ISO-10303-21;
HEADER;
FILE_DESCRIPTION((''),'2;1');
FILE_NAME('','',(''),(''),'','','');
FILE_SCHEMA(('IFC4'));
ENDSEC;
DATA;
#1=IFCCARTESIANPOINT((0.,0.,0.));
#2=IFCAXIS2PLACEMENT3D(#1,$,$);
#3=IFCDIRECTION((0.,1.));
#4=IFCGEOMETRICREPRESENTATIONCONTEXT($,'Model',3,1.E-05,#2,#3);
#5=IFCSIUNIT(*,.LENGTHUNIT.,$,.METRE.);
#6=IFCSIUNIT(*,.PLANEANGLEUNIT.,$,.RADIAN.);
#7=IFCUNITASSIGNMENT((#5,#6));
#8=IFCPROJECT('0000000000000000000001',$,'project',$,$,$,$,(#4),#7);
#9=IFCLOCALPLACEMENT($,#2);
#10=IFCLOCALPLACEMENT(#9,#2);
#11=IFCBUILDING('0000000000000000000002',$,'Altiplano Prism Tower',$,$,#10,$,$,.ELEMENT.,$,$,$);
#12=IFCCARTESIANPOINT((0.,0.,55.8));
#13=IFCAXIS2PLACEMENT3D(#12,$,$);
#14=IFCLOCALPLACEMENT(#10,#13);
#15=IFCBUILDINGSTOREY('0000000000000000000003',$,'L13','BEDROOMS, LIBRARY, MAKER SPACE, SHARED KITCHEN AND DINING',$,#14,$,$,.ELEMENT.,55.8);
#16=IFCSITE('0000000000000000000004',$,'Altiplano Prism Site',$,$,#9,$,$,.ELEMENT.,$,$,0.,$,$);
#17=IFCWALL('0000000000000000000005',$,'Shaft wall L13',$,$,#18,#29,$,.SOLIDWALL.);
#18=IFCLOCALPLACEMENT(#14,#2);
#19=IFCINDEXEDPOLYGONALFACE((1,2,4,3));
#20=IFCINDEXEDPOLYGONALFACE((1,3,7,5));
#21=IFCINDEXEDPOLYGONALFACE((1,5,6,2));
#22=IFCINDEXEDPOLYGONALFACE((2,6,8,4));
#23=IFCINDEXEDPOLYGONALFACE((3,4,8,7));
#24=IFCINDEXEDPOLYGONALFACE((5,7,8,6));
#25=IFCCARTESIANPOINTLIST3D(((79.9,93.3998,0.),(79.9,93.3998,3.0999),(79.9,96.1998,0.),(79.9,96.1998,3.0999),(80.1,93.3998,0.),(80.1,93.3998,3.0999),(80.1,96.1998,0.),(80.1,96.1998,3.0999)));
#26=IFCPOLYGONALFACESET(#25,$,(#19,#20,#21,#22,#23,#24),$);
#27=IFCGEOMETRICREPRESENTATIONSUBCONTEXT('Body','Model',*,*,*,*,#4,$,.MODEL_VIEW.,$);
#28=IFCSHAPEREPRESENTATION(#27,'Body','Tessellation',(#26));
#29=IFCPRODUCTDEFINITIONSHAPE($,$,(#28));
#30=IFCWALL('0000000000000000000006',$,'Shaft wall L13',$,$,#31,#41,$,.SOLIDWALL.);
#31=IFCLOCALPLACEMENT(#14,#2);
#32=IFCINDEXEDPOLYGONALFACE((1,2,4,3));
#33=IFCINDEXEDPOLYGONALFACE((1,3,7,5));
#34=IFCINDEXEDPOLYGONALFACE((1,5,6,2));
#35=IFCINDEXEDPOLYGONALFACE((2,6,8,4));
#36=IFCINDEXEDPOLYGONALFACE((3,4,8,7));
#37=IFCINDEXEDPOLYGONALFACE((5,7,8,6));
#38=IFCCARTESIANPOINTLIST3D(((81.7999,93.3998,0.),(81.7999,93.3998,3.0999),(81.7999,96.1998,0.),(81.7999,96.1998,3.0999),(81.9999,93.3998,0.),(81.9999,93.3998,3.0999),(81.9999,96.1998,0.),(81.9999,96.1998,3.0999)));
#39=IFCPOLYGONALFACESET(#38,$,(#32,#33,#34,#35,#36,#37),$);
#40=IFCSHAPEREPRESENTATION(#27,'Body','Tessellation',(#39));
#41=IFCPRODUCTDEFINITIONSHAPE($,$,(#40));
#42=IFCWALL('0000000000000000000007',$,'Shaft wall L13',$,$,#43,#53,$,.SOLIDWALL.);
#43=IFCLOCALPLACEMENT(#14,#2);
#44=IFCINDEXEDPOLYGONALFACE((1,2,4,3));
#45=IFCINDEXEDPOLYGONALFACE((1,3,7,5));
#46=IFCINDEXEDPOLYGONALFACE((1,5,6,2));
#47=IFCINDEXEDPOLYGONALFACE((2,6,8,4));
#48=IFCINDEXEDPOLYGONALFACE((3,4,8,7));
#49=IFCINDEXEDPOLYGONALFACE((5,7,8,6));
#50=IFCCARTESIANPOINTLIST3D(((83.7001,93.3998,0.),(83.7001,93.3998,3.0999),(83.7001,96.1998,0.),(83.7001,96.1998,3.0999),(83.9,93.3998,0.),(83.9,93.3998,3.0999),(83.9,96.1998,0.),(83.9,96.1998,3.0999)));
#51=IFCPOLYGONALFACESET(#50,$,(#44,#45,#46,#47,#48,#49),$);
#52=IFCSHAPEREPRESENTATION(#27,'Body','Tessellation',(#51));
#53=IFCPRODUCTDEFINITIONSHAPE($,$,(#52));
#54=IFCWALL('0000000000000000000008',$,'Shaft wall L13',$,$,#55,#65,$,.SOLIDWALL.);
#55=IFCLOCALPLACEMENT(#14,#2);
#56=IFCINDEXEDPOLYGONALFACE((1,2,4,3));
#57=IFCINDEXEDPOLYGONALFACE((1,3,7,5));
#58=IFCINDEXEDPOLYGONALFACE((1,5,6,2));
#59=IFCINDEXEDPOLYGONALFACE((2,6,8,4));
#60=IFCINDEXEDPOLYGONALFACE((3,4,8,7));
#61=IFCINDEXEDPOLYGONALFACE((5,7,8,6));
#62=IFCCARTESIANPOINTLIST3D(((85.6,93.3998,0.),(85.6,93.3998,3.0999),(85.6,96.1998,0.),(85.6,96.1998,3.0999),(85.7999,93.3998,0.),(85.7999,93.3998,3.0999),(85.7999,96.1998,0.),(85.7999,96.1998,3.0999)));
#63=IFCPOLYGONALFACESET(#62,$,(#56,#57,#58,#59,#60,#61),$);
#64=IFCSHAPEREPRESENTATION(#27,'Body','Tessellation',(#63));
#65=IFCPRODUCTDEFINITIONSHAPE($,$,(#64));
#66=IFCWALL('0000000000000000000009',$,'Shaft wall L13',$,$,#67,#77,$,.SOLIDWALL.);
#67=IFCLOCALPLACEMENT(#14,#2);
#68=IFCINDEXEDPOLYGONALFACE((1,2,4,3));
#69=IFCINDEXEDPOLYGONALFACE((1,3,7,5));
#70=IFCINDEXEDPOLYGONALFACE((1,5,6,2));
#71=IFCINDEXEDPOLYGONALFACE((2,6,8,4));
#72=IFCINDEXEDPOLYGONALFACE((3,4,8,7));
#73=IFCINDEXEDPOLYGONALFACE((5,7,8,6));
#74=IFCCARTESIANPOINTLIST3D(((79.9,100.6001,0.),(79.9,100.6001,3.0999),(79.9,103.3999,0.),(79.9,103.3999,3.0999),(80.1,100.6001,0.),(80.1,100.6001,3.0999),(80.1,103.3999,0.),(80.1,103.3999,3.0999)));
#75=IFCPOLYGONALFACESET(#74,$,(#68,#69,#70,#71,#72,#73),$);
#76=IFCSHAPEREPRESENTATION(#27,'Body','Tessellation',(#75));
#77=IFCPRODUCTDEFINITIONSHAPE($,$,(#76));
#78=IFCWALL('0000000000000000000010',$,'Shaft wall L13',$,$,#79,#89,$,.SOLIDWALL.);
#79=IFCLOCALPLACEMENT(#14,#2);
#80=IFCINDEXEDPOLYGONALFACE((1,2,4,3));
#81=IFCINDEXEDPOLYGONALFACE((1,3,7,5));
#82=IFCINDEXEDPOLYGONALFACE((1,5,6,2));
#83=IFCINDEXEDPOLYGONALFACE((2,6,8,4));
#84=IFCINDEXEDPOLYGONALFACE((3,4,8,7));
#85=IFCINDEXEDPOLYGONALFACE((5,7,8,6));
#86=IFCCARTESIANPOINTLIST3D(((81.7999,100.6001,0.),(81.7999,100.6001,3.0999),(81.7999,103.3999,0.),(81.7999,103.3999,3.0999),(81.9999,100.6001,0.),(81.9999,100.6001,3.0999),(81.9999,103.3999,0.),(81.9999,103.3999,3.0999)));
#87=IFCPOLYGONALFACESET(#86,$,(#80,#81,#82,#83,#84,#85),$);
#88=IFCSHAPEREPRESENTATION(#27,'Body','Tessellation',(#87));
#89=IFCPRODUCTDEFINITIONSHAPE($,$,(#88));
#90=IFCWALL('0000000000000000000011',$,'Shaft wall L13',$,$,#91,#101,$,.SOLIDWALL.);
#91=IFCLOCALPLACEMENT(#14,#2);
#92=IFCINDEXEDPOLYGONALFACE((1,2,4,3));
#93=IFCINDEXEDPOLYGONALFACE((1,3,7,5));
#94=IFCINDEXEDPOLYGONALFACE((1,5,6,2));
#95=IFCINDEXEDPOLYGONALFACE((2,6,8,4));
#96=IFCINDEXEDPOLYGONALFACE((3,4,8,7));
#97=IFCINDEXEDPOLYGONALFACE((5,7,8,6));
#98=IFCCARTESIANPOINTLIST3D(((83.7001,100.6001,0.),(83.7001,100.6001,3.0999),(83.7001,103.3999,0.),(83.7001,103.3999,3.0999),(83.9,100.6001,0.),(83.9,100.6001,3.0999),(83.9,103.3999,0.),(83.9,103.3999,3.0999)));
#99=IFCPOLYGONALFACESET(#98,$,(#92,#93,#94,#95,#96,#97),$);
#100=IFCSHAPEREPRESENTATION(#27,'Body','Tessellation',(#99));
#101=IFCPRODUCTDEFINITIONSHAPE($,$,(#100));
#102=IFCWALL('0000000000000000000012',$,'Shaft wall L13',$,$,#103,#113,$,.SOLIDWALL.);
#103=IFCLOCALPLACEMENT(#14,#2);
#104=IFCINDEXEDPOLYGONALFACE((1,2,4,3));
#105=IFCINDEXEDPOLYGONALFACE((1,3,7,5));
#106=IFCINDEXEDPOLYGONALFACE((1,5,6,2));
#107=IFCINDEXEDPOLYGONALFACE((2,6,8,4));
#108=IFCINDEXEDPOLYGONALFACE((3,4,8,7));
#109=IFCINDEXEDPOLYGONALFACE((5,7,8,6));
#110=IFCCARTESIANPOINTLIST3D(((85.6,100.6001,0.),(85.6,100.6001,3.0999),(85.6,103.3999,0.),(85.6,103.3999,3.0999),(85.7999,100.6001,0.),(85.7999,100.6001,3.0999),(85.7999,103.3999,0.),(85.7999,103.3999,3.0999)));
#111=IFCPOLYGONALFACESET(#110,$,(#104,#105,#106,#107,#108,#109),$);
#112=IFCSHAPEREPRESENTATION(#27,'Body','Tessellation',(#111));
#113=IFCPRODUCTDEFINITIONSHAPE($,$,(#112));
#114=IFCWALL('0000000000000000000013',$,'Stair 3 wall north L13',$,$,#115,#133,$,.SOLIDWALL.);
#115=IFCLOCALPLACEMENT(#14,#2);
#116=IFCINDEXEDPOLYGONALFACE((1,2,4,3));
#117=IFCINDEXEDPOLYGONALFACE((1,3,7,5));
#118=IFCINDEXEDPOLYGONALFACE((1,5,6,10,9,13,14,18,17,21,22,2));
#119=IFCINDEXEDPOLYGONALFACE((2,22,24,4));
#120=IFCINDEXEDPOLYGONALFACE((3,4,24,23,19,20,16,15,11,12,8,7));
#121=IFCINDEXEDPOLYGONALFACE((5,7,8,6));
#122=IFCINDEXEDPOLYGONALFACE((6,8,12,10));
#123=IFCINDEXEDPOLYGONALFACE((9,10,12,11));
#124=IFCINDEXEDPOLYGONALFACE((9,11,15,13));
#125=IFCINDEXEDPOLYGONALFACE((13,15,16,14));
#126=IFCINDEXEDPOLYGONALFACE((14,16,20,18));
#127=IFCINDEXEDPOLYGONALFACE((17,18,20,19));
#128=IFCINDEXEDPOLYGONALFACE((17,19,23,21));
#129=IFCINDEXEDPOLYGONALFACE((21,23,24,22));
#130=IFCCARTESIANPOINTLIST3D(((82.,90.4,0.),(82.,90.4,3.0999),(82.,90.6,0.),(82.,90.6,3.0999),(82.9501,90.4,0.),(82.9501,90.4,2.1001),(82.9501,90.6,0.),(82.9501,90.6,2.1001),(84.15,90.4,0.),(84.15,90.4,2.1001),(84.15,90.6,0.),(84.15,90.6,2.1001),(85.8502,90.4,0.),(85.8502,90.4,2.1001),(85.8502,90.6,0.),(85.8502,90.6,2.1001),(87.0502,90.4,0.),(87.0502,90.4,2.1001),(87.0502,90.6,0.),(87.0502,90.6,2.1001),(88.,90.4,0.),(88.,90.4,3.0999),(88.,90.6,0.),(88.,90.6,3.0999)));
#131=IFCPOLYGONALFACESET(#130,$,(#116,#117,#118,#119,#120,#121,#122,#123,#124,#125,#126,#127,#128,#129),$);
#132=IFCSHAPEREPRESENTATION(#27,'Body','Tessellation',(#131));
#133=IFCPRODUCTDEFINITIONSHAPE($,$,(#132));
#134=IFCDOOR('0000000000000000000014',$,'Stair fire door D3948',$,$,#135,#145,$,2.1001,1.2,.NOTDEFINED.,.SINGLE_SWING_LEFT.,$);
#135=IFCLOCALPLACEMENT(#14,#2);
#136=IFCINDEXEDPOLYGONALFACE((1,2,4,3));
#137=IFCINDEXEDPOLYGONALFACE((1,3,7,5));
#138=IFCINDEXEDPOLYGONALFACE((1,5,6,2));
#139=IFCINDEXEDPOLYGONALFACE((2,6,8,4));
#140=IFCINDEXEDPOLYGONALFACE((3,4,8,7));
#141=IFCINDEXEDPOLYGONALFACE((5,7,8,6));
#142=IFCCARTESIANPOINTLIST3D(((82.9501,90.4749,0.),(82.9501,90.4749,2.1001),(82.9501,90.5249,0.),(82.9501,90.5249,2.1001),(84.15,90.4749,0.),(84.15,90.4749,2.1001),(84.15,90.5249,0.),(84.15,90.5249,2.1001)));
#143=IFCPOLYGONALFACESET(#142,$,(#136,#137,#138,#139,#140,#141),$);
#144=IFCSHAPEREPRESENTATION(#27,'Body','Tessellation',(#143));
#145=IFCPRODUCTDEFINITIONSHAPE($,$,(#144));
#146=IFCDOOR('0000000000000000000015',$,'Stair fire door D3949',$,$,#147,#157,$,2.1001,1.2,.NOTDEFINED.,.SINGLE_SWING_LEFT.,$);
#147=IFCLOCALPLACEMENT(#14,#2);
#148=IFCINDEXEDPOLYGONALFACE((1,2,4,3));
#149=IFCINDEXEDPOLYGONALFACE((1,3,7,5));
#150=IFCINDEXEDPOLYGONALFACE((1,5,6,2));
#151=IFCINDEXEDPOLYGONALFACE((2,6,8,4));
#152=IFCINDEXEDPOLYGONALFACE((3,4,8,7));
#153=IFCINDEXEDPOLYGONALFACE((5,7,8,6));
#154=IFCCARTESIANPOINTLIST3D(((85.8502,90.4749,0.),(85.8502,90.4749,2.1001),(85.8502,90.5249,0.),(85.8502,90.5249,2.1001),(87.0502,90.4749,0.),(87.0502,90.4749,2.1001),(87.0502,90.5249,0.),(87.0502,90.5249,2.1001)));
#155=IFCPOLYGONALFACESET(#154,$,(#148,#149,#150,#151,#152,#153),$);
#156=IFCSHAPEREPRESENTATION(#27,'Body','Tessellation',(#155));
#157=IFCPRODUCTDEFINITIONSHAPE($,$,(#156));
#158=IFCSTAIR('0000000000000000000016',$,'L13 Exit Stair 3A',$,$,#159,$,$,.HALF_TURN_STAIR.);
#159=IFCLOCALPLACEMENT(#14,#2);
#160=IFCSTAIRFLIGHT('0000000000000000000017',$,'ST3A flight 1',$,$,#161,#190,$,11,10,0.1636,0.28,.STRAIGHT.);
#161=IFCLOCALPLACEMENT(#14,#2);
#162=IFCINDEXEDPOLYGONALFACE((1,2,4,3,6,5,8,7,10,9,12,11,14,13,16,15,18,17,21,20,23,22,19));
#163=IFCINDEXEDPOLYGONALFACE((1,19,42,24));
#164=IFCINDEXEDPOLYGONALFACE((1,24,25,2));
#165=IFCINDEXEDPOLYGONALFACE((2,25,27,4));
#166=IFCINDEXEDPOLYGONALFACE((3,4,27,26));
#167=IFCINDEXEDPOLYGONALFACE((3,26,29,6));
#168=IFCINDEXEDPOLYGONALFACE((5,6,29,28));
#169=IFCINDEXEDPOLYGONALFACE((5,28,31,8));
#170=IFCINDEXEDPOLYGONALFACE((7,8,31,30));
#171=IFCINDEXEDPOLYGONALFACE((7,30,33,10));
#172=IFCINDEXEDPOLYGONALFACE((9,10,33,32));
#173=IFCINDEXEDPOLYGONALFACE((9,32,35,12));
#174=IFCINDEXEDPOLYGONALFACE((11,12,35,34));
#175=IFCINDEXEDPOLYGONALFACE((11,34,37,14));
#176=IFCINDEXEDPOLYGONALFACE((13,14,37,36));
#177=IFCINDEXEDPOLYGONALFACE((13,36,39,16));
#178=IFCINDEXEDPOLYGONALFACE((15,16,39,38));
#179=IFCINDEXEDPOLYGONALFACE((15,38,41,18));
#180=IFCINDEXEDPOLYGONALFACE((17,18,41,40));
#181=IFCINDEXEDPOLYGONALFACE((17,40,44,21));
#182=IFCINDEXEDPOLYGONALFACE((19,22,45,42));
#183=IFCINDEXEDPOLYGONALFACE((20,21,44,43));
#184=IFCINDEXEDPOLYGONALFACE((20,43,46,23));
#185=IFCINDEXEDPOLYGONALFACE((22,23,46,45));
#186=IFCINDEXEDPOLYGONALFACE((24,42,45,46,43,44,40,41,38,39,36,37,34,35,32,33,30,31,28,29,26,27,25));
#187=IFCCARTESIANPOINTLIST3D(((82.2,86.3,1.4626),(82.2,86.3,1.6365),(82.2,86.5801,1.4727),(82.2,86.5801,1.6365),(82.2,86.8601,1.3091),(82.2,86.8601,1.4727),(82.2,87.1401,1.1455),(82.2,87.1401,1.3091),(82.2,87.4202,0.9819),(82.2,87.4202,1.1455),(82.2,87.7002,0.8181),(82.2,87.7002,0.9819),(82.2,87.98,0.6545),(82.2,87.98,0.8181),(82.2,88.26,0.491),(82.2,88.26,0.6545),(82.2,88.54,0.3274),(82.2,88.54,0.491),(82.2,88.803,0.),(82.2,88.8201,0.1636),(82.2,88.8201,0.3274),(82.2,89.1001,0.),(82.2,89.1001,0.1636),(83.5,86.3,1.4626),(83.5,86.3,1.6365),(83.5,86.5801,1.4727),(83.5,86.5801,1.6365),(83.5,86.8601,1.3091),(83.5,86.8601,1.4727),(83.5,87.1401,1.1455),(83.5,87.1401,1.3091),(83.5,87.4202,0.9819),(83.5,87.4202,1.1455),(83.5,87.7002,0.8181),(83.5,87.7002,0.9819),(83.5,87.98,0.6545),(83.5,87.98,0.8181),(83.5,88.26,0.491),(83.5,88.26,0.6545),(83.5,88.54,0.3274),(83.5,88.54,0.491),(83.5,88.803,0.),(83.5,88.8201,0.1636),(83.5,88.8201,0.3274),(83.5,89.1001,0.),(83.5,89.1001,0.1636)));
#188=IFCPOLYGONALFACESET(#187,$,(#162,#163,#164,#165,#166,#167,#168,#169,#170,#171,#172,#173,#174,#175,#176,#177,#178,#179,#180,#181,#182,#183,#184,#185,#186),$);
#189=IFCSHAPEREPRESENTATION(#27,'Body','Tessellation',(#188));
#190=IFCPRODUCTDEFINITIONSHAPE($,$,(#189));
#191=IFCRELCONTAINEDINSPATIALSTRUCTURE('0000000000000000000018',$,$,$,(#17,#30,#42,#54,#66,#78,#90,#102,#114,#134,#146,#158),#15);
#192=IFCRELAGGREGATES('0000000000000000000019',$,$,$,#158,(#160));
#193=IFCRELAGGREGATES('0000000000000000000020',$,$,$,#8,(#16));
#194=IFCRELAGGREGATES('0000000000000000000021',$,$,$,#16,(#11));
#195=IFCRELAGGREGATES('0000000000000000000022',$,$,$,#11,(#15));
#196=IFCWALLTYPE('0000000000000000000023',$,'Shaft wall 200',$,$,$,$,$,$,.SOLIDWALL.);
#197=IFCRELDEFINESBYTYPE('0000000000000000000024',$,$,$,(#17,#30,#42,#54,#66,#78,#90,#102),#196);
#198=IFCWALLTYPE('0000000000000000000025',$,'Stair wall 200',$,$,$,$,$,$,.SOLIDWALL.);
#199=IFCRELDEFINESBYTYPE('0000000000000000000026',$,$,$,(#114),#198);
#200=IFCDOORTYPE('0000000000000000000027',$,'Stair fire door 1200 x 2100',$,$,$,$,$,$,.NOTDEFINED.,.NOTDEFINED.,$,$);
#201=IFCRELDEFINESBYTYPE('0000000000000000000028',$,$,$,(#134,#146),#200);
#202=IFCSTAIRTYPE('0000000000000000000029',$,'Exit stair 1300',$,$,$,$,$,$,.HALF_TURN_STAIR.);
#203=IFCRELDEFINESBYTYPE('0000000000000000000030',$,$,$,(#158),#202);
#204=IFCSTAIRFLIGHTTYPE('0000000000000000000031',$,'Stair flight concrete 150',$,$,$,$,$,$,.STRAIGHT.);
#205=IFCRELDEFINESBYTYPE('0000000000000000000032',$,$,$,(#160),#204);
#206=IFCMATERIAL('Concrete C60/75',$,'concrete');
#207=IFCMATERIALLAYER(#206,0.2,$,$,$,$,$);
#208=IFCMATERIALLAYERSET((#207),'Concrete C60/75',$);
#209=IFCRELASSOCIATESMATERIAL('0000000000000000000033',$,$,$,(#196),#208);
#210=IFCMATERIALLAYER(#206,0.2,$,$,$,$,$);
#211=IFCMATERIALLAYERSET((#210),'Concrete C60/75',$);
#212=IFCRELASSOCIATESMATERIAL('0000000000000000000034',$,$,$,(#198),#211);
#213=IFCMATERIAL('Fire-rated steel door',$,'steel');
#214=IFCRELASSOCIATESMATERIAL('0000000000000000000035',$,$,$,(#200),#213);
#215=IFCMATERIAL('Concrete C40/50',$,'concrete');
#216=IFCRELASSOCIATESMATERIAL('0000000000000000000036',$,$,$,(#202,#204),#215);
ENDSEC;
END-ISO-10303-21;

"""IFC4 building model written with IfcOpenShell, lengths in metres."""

from ifc_helpers import new_model, si_unit, direction, frame, frame_2d, origin, place, context, subcontext, project, spatial, polyline, rectangle, outline, extrude, material, layer, layer_set, type_object, element, fill, aggregate, save


model = new_model("IFC4")

# Units and contexts
model_context = context("Model", 3, precision=1e-05, world=origin(), true_north=direction((0.0, 1.0)))
body_context = subcontext(model_context, "Body", "Model", "MODEL_VIEW")
ifc_project = project(units=[si_unit("LENGTHUNIT", "METRE"), si_unit("PLANEANGLEUNIT", "RADIAN")], contexts=[model_context])

# Site, building, storey
site_placement = place(None, origin())
site = spatial("IfcSite", under=ifc_project, at=site_placement, Name="Altiplano Prism Site", CompositionType="ELEMENT", RefElevation=0.0)
building_placement = place(site_placement, origin())
building = spatial("IfcBuilding", under=site, at=building_placement, Name="Altiplano Prism Tower", CompositionType="ELEMENT")
storey_placement = place(building_placement, frame((0.0, 0.0, 55.8)))
storey = spatial("IfcBuildingStorey", under=building, at=storey_placement, Name="L13", Description="BEDROOMS, LIBRARY, MAKER SPACE, SHARED KITCHEN AND DINING", CompositionType="ELEMENT", Elevation=55.8)

# Walls
ifc_material_1 = material(Name="Concrete C60/75", Category="concrete")
ifc_layer_1 = layer(ifc_material_1, 0.2)
ifc_layer_set_1 = layer_set([ifc_layer_1], Name="Concrete C60/75")
wall_type_1 = type_object("IfcWallType", Name="Shaft wall 200", PredefinedType="SOLIDWALL", material=ifc_layer_set_1)
for number, where, z_axis, x_axis, name in (
    (1, (80.0, 93.3999, 0.0), (0.0, 0.0, 1.0), (0.0, 1.0, 0.0), "Shaft wall L13"),
    (2, (81.8999, 93.3999, 0.0), (0.0, 0.0, 1.0), (0.0, 1.0, 0.0), "Shaft wall L13"),
    (3, (83.8, 93.3999, 0.0), (0.0, 0.0, 1.0), (0.0, 1.0, 0.0), "Shaft wall L13"),
    (4, (85.7, 93.3999, 0.0), (0.0, 0.0, 1.0), (0.0, 1.0, 0.0), "Shaft wall L13"),
):
    element("IfcWall", number, at=place(storey_placement, frame(where, z_axis=z_axis, x_axis=x_axis)), inside=storey, type_object=wall_type_1, Name=name, PredefinedType="SOLIDWALL", context=body_context, shape_type="SweptSolid", body=[
        extrude(rectangle(XDim=2.8, YDim=0.2, at=frame_2d((1.3999, 0.0))), origin(), (0.0, 0.0, 1.0), 3.0999),
    ])
for number, where, z_axis, x_axis, name in (
    (5, (80.0, 100.6001, 0.0), (0.0, 0.0, 1.0), (0.0, 1.0, 0.0), "Shaft wall L13"),
    (6, (81.8999, 100.6001, 0.0), (0.0, 0.0, 1.0), (0.0, 1.0, 0.0), "Shaft wall L13"),
    (7, (83.8, 100.6001, 0.0), (0.0, 0.0, 1.0), (0.0, 1.0, 0.0), "Shaft wall L13"),
    (8, (85.7, 100.6001, 0.0), (0.0, 0.0, 1.0), (0.0, 1.0, 0.0), "Shaft wall L13"),
):
    element("IfcWall", number, at=place(storey_placement, frame(where, z_axis=z_axis, x_axis=x_axis)), inside=storey, type_object=wall_type_1, Name=name, PredefinedType="SOLIDWALL", context=body_context, shape_type="SweptSolid", body=[
        extrude(rectangle(XDim=2.7998, YDim=0.2, at=frame_2d((1.3999, 0.0))), origin(), (0.0, 0.0, 1.0), 3.0999),
    ])

# Wall, openings, doors
ifc_layer_2 = layer(ifc_material_1, 0.2)
ifc_layer_set_2 = layer_set([ifc_layer_2], Name="Concrete C60/75")
wall_type_2 = type_object("IfcWallType", Name="Stair wall 200", PredefinedType="SOLIDWALL", material=ifc_layer_set_2)
wall_placement = place(storey_placement, frame((82.0, 90.5, 0.0), z_axis=(0.0, 0.0, 1.0), x_axis=(1.0, 0.0, 0.0)))
wall = element("IfcWall", 9, at=wall_placement, inside=storey, type_object=wall_type_2, Name="Stair 3 wall north L13", PredefinedType="SOLIDWALL", context=body_context, shape_type="SweptSolid", body=[
    extrude(rectangle(XDim=6.0, YDim=0.2, at=frame_2d((3.0, 0.0))), origin(), (0.0, 0.0, 1.0), 3.0999),
])
opening_1_placement = place(wall_placement, frame((0.95, 0.0, 0.0)))
opening_1 = element("IfcOpeningElement", 10, at=opening_1_placement, cuts=wall, PredefinedType="OPENING", context=body_context, shape_type="SweptSolid", body=[
    extrude(rectangle(XDim=1.2, YDim=2.1001, at=frame_2d((0.6001, 1.05))), frame((0.0, 0.1104, 0.0), z_axis=(0.0, -1.0, 0.0), x_axis=(1.0, 0.0, 0.0)), (0.0, 0.0, 1.0), 0.2209),
])
opening_2_placement = place(wall_placement, frame((3.8501, 0.0, 0.0)))
opening_2 = element("IfcOpeningElement", 11, at=opening_2_placement, cuts=wall, PredefinedType="OPENING", context=body_context, shape_type="SweptSolid", body=[
    extrude(rectangle(XDim=1.2, YDim=2.1001, at=frame_2d((0.6001, 1.05))), frame((0.0, 0.1104, 0.0), z_axis=(0.0, -1.0, 0.0), x_axis=(1.0, 0.0, 0.0)), (0.0, 0.0, 1.0), 0.2209),
])
ifc_material_2 = material(Name="Fire-rated steel door", Category="steel")
door_type = type_object("IfcDoorType", Name="Stair fire door 1200 x 2100", OperationType="NOTDEFINED", PredefinedType="NOTDEFINED", material=ifc_material_2)
door_1_placement = place(opening_1_placement, origin())
door_1 = element("IfcDoor", 12, at=door_1_placement, inside=storey, type_object=door_type, Name="Stair fire door D3948", OperationType="SINGLE_SWING_LEFT", OverallHeight=2.1001, OverallWidth=1.2, PredefinedType="NOTDEFINED", context=body_context, shape_type="SweptSolid", body=[
    extrude(rectangle(XDim=1.2, YDim=2.1001, at=frame_2d((0.6001, 1.05))), frame((0.0, 0.0249, 0.0), z_axis=(0.0, -1.0, 0.0), x_axis=(1.0, 0.0, 0.0)), (0.0, 0.0, 1.0), 0.05),
])
fill(opening_1, door_1)
door_2_placement = place(opening_2_placement, origin())
door_2 = element("IfcDoor", 13, at=door_2_placement, inside=storey, type_object=door_type, Name="Stair fire door D3949", OperationType="SINGLE_SWING_LEFT", OverallHeight=2.1001, OverallWidth=1.2, PredefinedType="NOTDEFINED", context=body_context, shape_type="SweptSolid", body=[
    extrude(rectangle(XDim=1.2, YDim=2.1001, at=frame_2d((0.6001, 1.05))), frame((0.0, 0.0249, 0.0), z_axis=(0.0, -1.0, 0.0), x_axis=(1.0, 0.0, 0.0)), (0.0, 0.0, 1.0), 0.05),
])
fill(opening_2, door_2)

# Stair, stair flight
ifc_material_3 = material(Name="Concrete C40/50", Category="concrete")
stair_type = type_object("IfcStairType", Name="Exit stair 1300", PredefinedType="HALF_TURN_STAIR", material=ifc_material_3)
stair_1_placement = place(storey_placement, origin())
stair_1 = element("IfcStair", 14, at=stair_1_placement, inside=storey, type_object=stair_type, Name="L13 Exit Stair 3A", PredefinedType="HALF_TURN_STAIR")
stair_flight_type = type_object("IfcStairFlightType", Name="Stair flight concrete 150", PredefinedType="STRAIGHT", material=ifc_material_3)
stair_flight_1_placement = place(storey_placement, frame((82.8501, 89.1001, 0.0), z_axis=(0.0, 0.0, 1.0), x_axis=(0.0, -1.0, 0.0)))
stair_flight_1 = element("IfcStairFlight", 15, at=stair_flight_1_placement, type_object=stair_flight_type, Name="ST3A flight 1", NumberOfRisers=11, NumberOfTreads=10, PredefinedType="STRAIGHT", RiserHeight=0.1636, TreadLength=0.28, context=body_context, shape_type="SweptSolid", body=[
    extrude(outline(polyline([(0.0, 0.0), (0.0, 0.1636), (0.28, 0.1636), (0.28, 0.3274), (0.5601, 0.3274), (0.5601, 0.491), (0.8401, 0.491), (0.8401, 0.6545), (1.1201, 0.6545), (1.1201, 0.8181), (1.3999, 0.8181), (1.3999, 0.9819), (1.6799, 0.9819), (1.6799, 1.1455), (1.96, 1.1455), (1.96, 1.3091), (2.24, 1.3091), (2.24, 1.4727), (2.52, 1.4727), (2.52, 1.6365), (2.8, 1.6365), (2.8, 1.8), (2.8, 1.4626), (0.2971, 0.0), (0.0, 0.0)])), frame((0.0, 0.6499, 0.0), z_axis=(0.0, -1.0, 0.0), x_axis=(1.0, 0.0, 0.0)), (0.0, 0.0, 1.0), 1.3),
])
aggregate(stair_1, [stair_flight_1])

save(model, "model.ifc")
